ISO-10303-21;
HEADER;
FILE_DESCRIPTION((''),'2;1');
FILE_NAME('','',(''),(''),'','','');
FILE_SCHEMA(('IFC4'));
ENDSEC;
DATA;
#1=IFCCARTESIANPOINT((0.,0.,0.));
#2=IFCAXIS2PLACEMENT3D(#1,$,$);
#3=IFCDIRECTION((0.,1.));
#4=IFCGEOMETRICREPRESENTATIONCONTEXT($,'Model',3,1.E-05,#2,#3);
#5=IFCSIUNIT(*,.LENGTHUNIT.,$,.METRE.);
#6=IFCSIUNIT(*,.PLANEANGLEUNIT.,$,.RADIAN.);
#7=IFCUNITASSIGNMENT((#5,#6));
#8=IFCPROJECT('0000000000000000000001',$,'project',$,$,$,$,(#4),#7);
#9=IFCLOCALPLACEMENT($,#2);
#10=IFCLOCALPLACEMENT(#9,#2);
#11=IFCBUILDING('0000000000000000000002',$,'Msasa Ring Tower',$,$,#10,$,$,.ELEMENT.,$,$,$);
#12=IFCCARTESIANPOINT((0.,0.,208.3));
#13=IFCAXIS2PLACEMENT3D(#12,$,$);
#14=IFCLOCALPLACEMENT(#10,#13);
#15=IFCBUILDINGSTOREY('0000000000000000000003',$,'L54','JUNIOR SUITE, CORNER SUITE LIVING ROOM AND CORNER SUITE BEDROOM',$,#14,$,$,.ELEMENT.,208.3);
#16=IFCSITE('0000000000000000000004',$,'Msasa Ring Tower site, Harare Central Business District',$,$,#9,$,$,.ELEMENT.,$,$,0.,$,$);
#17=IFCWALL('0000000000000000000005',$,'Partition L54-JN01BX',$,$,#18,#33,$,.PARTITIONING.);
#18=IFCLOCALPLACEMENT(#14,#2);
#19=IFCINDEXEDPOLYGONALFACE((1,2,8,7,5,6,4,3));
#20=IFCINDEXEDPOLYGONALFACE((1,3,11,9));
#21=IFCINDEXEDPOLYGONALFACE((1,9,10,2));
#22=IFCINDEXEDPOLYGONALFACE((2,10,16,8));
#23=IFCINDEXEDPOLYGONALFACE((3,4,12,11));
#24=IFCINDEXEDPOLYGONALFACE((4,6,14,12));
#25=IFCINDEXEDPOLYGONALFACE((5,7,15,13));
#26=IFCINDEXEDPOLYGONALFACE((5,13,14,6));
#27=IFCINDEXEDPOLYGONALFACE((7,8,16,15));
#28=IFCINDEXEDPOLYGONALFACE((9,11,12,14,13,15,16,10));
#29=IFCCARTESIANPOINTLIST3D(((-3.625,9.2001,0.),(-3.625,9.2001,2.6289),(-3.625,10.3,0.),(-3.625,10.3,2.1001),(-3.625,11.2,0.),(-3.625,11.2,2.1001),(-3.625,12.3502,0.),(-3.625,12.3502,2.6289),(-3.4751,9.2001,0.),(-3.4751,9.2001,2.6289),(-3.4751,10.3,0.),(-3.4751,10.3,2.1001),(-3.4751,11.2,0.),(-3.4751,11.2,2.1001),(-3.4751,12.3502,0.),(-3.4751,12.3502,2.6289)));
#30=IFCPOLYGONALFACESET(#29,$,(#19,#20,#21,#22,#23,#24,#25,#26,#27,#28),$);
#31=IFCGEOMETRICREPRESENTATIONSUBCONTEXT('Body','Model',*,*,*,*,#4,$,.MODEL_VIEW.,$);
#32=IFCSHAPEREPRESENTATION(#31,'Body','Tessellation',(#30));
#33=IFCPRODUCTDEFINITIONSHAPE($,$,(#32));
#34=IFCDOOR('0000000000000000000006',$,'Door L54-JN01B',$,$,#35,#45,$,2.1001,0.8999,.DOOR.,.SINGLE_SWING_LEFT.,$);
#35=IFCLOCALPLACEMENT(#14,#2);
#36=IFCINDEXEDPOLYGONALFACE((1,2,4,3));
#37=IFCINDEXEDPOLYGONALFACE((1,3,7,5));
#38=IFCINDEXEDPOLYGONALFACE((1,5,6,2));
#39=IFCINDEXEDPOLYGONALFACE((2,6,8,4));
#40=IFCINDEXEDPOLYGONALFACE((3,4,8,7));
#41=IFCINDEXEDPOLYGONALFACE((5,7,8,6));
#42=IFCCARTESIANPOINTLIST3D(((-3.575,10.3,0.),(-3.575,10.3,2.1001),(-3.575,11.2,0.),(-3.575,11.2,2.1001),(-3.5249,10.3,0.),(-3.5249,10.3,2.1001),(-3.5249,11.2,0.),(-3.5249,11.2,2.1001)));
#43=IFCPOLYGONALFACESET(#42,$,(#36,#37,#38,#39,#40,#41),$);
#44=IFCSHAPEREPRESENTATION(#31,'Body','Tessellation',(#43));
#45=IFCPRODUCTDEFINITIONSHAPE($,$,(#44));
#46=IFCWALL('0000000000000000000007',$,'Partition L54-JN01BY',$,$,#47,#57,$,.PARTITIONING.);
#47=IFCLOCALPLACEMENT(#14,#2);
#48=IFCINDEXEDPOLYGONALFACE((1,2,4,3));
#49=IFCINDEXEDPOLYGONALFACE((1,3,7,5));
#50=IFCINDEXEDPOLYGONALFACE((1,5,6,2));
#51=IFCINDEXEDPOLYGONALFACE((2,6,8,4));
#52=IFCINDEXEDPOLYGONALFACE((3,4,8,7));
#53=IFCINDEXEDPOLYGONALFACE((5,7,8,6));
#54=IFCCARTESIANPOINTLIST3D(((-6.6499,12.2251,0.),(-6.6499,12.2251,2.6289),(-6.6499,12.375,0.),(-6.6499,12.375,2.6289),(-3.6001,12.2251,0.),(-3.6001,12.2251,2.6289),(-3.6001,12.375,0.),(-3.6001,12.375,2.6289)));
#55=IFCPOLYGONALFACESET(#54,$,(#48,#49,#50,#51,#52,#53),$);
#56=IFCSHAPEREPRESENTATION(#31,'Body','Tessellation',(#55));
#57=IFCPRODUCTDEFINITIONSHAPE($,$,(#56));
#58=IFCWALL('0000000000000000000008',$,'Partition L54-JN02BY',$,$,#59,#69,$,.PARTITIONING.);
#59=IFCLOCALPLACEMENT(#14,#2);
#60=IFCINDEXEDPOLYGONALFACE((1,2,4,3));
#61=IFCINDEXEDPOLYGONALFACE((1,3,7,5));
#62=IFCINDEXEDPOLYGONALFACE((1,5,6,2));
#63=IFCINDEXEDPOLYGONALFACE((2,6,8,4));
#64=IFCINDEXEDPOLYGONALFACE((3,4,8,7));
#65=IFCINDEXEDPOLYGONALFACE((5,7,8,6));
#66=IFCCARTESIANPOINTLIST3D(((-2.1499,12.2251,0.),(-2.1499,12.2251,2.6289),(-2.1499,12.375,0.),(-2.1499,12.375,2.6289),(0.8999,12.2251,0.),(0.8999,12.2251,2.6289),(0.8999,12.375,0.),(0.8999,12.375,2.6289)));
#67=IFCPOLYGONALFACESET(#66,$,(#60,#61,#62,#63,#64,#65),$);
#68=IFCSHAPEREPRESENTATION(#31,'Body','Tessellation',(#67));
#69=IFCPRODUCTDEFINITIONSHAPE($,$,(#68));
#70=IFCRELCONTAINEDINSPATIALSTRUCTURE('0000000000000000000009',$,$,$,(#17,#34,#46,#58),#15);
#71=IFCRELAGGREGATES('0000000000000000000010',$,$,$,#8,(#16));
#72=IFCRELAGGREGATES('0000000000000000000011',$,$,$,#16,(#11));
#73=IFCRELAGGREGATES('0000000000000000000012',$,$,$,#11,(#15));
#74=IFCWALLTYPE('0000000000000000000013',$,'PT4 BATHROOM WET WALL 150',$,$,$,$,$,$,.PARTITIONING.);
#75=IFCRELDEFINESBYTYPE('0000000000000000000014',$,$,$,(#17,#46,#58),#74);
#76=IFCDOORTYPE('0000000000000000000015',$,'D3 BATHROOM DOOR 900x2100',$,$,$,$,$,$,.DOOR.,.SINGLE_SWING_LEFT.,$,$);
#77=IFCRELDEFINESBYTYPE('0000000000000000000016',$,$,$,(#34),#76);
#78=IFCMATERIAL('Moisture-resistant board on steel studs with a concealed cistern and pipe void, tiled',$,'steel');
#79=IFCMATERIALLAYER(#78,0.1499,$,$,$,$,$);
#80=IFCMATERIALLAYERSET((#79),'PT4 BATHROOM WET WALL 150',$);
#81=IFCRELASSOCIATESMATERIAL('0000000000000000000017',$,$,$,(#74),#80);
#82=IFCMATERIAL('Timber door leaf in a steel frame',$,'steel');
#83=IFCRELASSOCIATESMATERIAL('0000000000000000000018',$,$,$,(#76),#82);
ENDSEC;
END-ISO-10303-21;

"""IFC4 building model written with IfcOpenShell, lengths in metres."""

from ifc_helpers import new_model, si_unit, direction, frame, frame_2d, origin, place, context, subcontext, project, spatial, rectangle, extrude, material, layer, layer_set, type_object, element, fill, save


model = new_model("IFC4")

# Units and contexts
model_context = context("Model", 3, precision=1e-05, world=origin(), true_north=direction((0.0, 1.0)))
body_context = subcontext(model_context, "Body", "Model", "MODEL_VIEW")
ifc_project = project(units=[si_unit("LENGTHUNIT", "METRE"), si_unit("PLANEANGLEUNIT", "RADIAN")], contexts=[model_context])

# Site, building, storey
site_placement = place(None, origin())
site = spatial("IfcSite", under=ifc_project, at=site_placement, Name="Msasa Ring Tower site, Harare Central Business District", CompositionType="ELEMENT", RefElevation=0.0)
building_placement = place(site_placement, origin())
building = spatial("IfcBuilding", under=site, at=building_placement, Name="Msasa Ring Tower", CompositionType="ELEMENT")
storey_placement = place(building_placement, frame((0.0, 0.0, 208.3)))
storey = spatial("IfcBuildingStorey", under=building, at=storey_placement, Name="L54", Description="JUNIOR SUITE, CORNER SUITE LIVING ROOM AND CORNER SUITE BEDROOM", CompositionType="ELEMENT", Elevation=208.3)

# Shared definitions
ifc_material_1 = material(Name="Moisture-resistant board on steel studs with a concealed cistern and pipe void, tiled", Category="steel")
ifc_layer_1 = layer(ifc_material_1, 0.1499)
ifc_layer_set_1 = layer_set([ifc_layer_1], Name="PT4 BATHROOM WET WALL 150")
wall_type_1 = type_object("IfcWallType", Name="PT4 BATHROOM WET WALL 150", PredefinedType="PARTITIONING", material=ifc_layer_set_1)
ifc_material_2 = material(Name="Timber door leaf in a steel frame", Category="steel")
door_type = type_object("IfcDoorType", Name="D3 BATHROOM DOOR 900x2100", OperationType="SINGLE_SWING_LEFT", PredefinedType="DOOR", material=ifc_material_2)

# Wall, opening, door
wall_1_placement = place(storey_placement, frame((-3.55, 9.2, 0.0), z_axis=(0.0, 0.0, 1.0), x_axis=(0.0, 1.0, 0.0)))
wall_1 = element("IfcWall", 1, at=wall_1_placement, inside=storey, type_object=wall_type_1, Name="Partition L54-JN01BX", PredefinedType="PARTITIONING", context=body_context, shape_type="SweptSolid", body=[
    extrude(rectangle(XDim=3.1501, YDim=0.1499, at=frame_2d((1.5752, 0.0))), origin(), (0.0, 0.0, 1.0), 2.6289),
])
opening_1_placement = place(wall_1_placement, frame((1.1001, 0.0, 0.0)))
opening_1 = element("IfcOpeningElement", 2, at=opening_1_placement, cuts=wall_1, PredefinedType="OPENING", context=body_context, shape_type="SweptSolid", body=[
    extrude(rectangle(XDim=0.8999, YDim=2.1001, at=frame_2d((0.45, 1.05))), frame((0.0, 0.085, 0.0), z_axis=(0.0, -1.0, 0.0), x_axis=(1.0, 0.0, 0.0)), (0.0, 0.0, 1.0), 0.1699),
])
door_1_placement = place(opening_1_placement, origin())
door_1 = element("IfcDoor", 3, at=door_1_placement, inside=storey, type_object=door_type, Name="Door L54-JN01B", OperationType="SINGLE_SWING_LEFT", OverallHeight=2.1001, OverallWidth=0.8999, PredefinedType="DOOR", context=body_context, shape_type="SweptSolid", body=[
    extrude(rectangle(XDim=0.8999, YDim=2.1001, at=frame_2d((0.45, 1.05))), frame((0.0, 0.0249, 0.0), z_axis=(0.0, -1.0, 0.0), x_axis=(1.0, 0.0, 0.0)), (0.0, 0.0, 1.0), 0.05),
])
fill(opening_1, door_1)

# Walls
for number, where, z_axis, x_axis, name in (
    (4, (-6.6499, 12.3, 0.0), (0.0, 0.0, 1.0), (1.0, 0.0, 0.0), "Partition L54-JN01BY"),
    (5, (-2.1499, 12.3, 0.0), (0.0, 0.0, 1.0), (1.0, 0.0, 0.0), "Partition L54-JN02BY"),
):
    element("IfcWall", number, at=place(storey_placement, frame(where, z_axis=z_axis, x_axis=x_axis)), inside=storey, type_object=wall_type_1, Name=name, PredefinedType="PARTITIONING", context=body_context, shape_type="SweptSolid", body=[
        extrude(rectangle(XDim=3.0498, YDim=0.1499, at=frame_2d((1.5249, 0.0))), origin(), (0.0, 0.0, 1.0), 2.6289),
    ])

save(model, "model.ifc")
